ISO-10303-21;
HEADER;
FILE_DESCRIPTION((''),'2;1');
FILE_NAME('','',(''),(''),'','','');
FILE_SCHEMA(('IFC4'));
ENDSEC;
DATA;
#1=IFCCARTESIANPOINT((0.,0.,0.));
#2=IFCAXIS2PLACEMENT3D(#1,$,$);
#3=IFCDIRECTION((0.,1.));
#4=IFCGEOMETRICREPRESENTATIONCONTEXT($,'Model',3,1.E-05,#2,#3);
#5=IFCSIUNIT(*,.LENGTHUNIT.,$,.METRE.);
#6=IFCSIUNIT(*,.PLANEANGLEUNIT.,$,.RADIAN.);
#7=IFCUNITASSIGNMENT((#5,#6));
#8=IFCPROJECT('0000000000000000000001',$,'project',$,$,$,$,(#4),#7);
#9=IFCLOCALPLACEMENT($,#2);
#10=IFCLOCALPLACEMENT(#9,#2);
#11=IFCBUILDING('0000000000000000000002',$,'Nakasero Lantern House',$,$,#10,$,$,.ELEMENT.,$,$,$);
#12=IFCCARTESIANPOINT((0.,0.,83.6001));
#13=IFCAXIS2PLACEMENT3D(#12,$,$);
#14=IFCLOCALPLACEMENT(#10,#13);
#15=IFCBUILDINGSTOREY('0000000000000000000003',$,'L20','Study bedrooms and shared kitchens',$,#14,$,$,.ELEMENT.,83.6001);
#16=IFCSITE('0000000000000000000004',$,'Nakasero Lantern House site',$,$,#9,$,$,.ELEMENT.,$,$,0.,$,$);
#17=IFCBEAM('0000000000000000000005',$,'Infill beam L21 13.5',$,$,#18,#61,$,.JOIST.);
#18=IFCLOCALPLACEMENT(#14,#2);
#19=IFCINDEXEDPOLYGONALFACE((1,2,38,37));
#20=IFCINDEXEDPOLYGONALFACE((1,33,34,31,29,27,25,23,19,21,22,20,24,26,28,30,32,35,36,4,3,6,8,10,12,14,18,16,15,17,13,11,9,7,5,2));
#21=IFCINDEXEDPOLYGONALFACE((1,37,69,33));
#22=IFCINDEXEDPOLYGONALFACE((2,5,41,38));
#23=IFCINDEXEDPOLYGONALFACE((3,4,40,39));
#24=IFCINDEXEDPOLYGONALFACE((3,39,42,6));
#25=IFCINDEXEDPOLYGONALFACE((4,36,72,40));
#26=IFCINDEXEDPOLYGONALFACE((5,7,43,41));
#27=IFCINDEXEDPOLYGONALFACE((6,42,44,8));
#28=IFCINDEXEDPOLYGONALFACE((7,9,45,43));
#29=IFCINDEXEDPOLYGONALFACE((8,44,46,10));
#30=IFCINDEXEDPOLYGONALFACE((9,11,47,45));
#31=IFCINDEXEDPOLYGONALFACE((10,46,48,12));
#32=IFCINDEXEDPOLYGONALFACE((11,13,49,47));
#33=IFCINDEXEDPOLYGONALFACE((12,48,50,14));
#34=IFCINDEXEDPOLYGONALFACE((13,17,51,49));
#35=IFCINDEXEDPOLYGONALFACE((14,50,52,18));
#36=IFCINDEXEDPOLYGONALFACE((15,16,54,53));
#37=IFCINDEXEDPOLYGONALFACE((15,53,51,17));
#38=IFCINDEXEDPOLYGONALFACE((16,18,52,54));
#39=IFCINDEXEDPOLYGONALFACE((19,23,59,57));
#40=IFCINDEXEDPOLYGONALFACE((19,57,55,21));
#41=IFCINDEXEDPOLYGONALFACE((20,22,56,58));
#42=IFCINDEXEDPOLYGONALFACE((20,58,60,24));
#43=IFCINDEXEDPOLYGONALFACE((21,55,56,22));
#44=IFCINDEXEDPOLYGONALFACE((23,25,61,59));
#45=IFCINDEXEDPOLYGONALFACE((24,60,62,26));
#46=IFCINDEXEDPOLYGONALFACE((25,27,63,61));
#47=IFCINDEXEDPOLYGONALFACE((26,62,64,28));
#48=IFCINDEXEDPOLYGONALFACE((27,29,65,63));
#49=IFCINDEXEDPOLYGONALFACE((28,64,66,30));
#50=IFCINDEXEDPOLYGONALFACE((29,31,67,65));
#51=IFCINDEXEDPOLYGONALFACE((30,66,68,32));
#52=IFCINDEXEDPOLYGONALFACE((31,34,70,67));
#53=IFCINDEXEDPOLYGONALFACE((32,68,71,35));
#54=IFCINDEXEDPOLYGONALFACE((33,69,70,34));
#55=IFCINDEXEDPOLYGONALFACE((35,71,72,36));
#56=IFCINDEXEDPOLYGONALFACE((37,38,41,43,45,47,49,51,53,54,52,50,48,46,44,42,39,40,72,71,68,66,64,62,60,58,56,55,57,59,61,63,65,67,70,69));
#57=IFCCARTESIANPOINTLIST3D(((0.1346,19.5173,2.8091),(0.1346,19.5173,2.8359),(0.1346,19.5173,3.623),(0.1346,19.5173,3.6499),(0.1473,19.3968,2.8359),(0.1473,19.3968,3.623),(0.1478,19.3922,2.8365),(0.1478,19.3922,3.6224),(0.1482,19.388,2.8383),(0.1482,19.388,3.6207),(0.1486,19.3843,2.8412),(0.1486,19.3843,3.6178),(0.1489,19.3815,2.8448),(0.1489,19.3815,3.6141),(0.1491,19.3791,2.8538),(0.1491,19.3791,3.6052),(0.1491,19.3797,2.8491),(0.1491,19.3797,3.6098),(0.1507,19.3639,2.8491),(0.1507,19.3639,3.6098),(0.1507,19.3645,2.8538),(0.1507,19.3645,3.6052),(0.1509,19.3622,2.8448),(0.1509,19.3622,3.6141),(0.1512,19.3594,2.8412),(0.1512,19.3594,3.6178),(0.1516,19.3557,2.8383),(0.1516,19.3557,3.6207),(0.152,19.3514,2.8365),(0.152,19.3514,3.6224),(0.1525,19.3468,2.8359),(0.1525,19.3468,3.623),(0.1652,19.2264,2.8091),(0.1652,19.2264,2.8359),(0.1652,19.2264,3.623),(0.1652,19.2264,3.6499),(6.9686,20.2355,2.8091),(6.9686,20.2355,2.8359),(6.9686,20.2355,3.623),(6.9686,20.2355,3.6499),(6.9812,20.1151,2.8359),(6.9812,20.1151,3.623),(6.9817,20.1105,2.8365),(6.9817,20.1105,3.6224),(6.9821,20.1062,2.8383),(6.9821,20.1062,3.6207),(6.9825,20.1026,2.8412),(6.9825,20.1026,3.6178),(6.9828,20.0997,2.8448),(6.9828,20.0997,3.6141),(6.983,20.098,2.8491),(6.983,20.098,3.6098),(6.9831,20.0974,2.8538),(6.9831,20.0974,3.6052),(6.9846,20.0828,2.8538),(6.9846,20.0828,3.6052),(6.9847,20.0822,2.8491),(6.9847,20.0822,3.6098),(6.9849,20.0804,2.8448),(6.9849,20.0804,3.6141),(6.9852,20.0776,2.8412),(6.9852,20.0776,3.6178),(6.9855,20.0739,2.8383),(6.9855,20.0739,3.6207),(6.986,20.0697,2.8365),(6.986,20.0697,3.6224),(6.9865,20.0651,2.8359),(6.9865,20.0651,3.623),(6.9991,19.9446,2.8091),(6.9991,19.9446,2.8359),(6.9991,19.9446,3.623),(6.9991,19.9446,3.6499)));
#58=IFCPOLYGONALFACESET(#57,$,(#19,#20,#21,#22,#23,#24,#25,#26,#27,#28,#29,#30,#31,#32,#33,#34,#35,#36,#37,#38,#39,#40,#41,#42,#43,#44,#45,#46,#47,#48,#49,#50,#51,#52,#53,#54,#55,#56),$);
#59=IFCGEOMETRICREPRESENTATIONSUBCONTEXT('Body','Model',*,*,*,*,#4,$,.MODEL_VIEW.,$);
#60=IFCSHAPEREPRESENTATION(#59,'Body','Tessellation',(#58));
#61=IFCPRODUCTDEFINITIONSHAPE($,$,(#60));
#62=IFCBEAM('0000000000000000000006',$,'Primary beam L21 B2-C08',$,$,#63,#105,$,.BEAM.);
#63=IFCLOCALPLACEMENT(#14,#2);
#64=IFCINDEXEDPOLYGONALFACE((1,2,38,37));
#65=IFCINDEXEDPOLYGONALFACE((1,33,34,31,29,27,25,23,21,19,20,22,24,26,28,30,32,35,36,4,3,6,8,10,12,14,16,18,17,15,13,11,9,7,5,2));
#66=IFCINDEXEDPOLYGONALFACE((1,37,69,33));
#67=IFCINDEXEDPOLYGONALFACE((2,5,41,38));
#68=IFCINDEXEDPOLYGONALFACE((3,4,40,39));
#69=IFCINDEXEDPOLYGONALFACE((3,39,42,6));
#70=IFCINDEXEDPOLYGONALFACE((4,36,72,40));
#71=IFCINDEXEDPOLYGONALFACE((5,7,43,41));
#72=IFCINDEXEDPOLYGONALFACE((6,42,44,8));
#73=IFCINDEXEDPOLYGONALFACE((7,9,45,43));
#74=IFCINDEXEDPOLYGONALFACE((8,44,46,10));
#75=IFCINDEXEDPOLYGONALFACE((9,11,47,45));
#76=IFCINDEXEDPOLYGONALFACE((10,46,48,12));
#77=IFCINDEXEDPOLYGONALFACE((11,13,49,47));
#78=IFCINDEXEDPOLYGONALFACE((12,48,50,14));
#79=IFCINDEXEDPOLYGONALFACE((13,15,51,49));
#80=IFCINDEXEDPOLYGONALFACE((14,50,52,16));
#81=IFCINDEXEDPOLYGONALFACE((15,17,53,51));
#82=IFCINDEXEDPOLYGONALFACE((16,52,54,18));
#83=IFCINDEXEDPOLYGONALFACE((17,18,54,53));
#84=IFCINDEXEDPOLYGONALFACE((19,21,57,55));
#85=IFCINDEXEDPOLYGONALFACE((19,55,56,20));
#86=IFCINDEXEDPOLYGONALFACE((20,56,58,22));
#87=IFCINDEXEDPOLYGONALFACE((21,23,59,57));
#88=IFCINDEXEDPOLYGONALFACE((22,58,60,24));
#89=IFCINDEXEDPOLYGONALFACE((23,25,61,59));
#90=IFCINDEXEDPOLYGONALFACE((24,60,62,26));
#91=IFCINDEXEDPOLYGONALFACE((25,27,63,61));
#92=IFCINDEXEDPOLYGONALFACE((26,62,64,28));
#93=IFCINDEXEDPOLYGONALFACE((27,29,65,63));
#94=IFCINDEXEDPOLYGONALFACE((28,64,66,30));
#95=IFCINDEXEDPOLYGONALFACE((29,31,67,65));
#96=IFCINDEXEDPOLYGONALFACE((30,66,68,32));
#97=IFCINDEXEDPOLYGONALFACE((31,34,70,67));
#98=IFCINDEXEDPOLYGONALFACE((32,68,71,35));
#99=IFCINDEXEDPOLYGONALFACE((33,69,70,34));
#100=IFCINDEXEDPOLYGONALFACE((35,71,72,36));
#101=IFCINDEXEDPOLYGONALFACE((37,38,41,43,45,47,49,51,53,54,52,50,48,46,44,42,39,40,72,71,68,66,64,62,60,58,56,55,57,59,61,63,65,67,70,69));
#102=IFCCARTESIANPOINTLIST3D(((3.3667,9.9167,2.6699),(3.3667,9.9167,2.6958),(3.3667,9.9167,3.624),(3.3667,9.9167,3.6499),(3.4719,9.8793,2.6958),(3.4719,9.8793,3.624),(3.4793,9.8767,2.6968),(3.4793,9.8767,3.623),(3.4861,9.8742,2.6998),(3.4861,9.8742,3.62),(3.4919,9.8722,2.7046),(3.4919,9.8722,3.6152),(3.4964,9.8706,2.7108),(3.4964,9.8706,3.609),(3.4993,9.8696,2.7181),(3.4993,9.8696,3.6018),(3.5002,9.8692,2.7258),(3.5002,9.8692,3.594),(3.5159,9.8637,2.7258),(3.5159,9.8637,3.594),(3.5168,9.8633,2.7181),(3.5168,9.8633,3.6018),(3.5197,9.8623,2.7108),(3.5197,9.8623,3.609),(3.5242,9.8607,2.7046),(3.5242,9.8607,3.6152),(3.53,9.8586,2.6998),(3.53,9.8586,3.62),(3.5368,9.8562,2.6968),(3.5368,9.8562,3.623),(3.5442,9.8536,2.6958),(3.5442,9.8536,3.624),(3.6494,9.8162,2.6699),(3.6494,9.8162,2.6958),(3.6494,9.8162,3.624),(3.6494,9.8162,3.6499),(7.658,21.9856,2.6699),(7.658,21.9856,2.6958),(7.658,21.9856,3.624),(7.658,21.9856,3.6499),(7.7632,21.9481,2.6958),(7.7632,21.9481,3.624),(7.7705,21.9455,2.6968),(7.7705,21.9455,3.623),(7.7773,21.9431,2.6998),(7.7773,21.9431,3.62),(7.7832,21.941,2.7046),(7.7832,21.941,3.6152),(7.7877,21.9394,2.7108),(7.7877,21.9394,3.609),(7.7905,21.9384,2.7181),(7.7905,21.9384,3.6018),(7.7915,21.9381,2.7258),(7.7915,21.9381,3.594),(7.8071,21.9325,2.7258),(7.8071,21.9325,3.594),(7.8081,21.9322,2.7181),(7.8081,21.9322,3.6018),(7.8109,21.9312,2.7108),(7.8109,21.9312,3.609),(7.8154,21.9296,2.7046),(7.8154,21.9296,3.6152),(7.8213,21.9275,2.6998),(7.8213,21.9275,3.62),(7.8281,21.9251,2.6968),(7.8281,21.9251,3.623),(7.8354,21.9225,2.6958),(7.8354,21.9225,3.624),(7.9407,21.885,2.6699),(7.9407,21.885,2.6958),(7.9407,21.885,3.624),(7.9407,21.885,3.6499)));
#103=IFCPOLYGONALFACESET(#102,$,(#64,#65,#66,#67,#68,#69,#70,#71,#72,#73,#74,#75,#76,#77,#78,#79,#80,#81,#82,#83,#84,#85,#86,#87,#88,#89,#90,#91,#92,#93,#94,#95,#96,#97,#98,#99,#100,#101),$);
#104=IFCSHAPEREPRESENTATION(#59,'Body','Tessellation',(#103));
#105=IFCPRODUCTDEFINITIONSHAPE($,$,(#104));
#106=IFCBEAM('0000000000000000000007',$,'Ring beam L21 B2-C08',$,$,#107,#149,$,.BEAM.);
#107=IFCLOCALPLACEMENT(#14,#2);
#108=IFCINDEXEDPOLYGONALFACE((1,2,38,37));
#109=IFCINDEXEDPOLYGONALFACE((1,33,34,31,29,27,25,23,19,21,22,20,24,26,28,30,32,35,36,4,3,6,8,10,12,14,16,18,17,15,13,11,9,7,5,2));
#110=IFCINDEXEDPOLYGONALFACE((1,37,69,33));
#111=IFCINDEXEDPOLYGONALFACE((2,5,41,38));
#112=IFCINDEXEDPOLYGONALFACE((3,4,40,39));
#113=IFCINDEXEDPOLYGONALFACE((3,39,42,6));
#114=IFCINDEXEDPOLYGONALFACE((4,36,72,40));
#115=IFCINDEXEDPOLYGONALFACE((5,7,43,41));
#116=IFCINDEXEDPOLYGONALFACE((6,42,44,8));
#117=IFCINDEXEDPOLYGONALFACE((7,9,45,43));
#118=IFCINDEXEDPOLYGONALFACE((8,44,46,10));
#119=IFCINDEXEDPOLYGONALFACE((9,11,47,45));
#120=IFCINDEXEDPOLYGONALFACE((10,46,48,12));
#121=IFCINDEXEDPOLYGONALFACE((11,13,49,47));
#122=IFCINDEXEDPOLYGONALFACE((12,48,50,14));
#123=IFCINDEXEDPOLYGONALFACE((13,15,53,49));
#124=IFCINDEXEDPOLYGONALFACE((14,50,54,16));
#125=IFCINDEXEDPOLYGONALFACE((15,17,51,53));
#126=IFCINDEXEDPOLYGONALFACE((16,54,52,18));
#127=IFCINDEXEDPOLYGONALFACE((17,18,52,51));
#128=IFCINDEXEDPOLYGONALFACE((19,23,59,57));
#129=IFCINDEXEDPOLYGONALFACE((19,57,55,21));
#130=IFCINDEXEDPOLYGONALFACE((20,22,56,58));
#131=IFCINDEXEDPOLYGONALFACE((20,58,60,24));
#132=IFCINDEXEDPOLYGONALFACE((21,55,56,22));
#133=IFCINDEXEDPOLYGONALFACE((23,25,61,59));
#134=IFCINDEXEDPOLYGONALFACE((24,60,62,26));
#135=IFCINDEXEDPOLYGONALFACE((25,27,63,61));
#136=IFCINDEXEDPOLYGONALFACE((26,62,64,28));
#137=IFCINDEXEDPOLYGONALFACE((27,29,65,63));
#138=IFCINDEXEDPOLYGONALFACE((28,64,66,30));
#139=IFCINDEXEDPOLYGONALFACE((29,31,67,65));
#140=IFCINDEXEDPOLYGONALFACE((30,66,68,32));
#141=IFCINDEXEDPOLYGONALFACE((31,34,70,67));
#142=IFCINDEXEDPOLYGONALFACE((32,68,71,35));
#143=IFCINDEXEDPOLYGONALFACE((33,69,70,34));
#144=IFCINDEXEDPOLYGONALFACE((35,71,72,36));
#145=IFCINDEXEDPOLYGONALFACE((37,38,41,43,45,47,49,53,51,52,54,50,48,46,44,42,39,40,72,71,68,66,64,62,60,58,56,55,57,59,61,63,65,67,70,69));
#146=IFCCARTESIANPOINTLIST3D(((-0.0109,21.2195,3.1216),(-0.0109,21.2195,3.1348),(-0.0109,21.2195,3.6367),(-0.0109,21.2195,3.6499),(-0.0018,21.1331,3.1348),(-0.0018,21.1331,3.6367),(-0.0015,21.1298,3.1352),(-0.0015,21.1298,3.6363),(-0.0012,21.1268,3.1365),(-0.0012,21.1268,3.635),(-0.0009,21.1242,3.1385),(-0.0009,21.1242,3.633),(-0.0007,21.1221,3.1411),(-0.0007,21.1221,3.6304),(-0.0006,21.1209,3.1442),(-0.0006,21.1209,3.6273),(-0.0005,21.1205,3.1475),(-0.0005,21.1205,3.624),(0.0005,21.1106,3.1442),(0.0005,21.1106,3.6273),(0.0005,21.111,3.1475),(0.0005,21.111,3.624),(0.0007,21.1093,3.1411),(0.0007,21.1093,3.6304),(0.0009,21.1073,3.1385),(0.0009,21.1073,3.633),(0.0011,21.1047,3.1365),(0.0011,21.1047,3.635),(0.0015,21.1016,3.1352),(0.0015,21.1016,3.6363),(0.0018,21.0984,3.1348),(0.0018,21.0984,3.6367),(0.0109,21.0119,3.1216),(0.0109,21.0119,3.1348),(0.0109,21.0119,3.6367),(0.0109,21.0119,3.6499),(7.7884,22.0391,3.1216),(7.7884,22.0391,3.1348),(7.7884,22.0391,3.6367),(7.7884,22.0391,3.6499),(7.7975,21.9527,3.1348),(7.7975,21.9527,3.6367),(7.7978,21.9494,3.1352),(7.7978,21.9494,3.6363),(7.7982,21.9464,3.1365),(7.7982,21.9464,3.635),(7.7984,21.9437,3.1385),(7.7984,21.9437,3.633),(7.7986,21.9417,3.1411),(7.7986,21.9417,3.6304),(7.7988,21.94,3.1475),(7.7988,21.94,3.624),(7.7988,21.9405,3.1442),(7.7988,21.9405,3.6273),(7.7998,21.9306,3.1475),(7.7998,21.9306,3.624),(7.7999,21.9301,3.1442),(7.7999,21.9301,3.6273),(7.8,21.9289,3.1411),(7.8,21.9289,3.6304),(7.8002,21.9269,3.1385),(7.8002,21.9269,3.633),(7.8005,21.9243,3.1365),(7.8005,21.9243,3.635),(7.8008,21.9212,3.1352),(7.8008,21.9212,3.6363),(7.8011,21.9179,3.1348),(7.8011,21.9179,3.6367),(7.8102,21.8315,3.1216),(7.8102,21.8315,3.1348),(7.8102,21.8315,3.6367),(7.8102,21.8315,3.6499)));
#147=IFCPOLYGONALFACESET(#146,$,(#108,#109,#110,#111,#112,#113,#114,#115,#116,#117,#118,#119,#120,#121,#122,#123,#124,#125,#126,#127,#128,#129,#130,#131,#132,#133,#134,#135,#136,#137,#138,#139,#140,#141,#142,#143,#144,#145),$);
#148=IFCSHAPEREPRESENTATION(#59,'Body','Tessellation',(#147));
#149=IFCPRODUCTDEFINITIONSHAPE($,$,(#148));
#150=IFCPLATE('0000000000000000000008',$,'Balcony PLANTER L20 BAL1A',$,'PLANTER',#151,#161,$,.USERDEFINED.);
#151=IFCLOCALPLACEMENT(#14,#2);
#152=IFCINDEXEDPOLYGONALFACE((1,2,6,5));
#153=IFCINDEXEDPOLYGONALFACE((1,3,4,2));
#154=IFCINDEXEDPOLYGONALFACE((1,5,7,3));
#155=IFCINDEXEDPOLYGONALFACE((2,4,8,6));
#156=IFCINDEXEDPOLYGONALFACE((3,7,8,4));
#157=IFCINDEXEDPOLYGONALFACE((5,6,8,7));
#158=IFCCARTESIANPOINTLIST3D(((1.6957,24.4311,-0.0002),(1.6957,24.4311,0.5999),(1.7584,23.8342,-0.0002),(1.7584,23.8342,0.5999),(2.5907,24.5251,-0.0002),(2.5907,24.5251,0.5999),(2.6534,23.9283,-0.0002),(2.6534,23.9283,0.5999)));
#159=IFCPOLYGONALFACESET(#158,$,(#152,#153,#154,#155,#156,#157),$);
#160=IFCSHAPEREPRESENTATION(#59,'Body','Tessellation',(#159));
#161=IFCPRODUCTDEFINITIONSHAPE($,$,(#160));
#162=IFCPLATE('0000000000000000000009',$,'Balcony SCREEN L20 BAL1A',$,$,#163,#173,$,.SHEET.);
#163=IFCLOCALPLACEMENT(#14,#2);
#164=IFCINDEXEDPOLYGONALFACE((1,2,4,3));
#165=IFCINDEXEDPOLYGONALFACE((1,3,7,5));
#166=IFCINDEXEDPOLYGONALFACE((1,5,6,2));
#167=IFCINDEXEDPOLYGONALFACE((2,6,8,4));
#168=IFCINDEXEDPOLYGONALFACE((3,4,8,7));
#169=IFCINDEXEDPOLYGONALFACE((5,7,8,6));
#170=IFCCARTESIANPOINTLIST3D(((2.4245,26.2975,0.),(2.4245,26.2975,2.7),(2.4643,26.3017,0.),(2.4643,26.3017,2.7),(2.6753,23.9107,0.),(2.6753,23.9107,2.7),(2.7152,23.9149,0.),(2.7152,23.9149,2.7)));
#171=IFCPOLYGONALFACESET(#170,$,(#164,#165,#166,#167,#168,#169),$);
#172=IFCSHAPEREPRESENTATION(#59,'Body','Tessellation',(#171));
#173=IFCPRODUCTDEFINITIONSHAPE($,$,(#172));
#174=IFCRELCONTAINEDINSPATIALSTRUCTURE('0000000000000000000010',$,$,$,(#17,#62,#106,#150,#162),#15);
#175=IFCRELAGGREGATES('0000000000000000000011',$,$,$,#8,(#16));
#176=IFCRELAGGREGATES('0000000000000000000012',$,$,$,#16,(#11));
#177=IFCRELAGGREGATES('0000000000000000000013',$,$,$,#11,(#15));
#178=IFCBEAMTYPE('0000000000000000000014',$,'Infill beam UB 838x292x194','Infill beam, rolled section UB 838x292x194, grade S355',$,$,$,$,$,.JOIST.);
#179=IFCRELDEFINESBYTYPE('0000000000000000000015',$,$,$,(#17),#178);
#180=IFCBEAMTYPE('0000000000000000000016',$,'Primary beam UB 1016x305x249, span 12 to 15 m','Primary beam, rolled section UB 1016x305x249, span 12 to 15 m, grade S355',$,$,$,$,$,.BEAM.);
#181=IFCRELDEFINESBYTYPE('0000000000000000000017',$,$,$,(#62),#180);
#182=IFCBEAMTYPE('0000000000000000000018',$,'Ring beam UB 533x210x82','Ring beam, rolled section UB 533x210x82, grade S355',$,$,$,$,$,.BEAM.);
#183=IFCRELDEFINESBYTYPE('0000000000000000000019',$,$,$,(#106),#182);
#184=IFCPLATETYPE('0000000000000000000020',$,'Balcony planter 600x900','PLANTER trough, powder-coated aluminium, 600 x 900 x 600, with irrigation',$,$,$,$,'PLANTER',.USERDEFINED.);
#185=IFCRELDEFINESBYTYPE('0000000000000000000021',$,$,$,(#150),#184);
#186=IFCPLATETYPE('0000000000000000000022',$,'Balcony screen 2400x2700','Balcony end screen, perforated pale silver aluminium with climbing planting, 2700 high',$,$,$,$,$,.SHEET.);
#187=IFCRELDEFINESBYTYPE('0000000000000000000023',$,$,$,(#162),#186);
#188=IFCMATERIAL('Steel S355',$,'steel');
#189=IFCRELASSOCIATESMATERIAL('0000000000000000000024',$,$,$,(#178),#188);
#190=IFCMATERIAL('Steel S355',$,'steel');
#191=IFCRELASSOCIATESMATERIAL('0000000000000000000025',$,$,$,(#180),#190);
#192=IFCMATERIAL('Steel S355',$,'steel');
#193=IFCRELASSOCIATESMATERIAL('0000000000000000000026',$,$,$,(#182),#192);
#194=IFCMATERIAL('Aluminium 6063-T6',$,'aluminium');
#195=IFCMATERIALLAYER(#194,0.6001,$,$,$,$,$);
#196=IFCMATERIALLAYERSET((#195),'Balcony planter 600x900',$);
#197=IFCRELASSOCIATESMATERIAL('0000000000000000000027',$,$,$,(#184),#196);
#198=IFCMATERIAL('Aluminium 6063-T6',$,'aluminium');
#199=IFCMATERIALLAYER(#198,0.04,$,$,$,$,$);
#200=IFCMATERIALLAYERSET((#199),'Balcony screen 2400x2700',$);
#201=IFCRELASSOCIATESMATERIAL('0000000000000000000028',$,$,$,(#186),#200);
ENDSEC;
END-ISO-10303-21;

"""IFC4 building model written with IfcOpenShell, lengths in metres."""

from ifc_helpers import new_model, si_unit, direction, frame, origin, origin_2d, place, context, subcontext, project, spatial, rectangle, i_section, extrude, material, layer, layer_set, material_profile, profile_set, type_object, element, save


model = new_model("IFC4")

# Units and contexts
model_context = context("Model", 3, precision=1e-05, world=origin(), true_north=direction((0.0, 1.0)))
body_context = subcontext(model_context, "Body", "Model", "MODEL_VIEW")
ifc_project = project(units=[si_unit("LENGTHUNIT", "METRE"), si_unit("PLANEANGLEUNIT", "RADIAN")], contexts=[model_context])

# Site, building, storey
site_placement = place(None, origin())
site = spatial("IfcSite", under=ifc_project, at=site_placement, Name="Nakasero Lantern House site", CompositionType="ELEMENT", RefElevation=0.0)
building_placement = place(site_placement, origin())
building = spatial("IfcBuilding", under=site, at=building_placement, Name="Nakasero Lantern House", CompositionType="ELEMENT")
storey_placement = place(building_placement, frame((0.0, 0.0, 83.6001)))
storey = spatial("IfcBuildingStorey", under=building, at=storey_placement, Name="L20", Description="Study bedrooms and shared kitchens", CompositionType="ELEMENT", Elevation=83.6001)

# Beams
ifc_material_1 = material(Name="Steel S355", Category="steel")
ifc_material_profile_1 = material_profile(ifc_material_1, i_section(OverallWidth=0.2925, OverallDepth=0.8408, WebThickness=0.0146, FlangeThickness=0.0269, FilletRadius=0.0178, at=origin_2d()), Name="UB 838x292x194")
ifc_profile_set_1 = profile_set([ifc_material_profile_1], Name="Steel S355")
beam_type_1 = type_object("IfcBeamType", Name="Infill beam UB 838x292x194", Description="Infill beam, rolled section UB 838x292x194, grade S355", PredefinedType="JOIST", material=ifc_profile_set_1)
beam_1_placement = place(storey_placement, frame((0.1499, 19.3718, 3.2295), z_axis=(0.994522, 0.104526, 0.0), x_axis=(-0.104526, 0.994522, 0.0)))
element("IfcBeam", 1, at=beam_1_placement, inside=storey, type_object=beam_type_1, Name="Infill beam L21 13.5", PredefinedType="JOIST", context=body_context, shape_type="SweptSolid", body=[
    extrude(i_section(OverallWidth=0.2925, OverallDepth=0.8408, WebThickness=0.0146, FlangeThickness=0.0269, FilletRadius=0.0178, at=origin_2d()), origin(), (0.0, 0.0, 1.0), 6.8716),
])
ifc_material_2 = material(Name="Steel S355", Category="steel")
ifc_material_profile_2 = material_profile(ifc_material_2, i_section(OverallWidth=0.3, OverallDepth=0.98, WebThickness=0.0166, FlangeThickness=0.0259, FilletRadius=0.03, at=origin_2d()), Name="UB 1016x305x249")
ifc_profile_set_2 = profile_set([ifc_material_profile_2], Name="Steel S355")
beam_type_2 = type_object("IfcBeamType", Name="Primary beam UB 1016x305x249, span 12 to 15 m", Description="Primary beam, rolled section UB 1016x305x249, span 12 to 15 m, grade S355", PredefinedType="BEAM", material=ifc_profile_set_2)
beam_2_placement = place(storey_placement, frame((7.7993, 21.9353, 3.1599), z_axis=(-0.335018, -0.942212, 0.0), x_axis=(0.942212, -0.335018, 0.0)))
element("IfcBeam", 2, at=beam_2_placement, inside=storey, type_object=beam_type_2, Name="Primary beam L21 B2-C08", PredefinedType="BEAM", context=body_context, shape_type="SweptSolid", body=[
    extrude(i_section(OverallWidth=0.3, OverallDepth=0.98, WebThickness=0.0166, FlangeThickness=0.0259, FilletRadius=0.03, at=origin_2d()), origin(), (0.0, 0.0, 1.0), 12.8091),
])
ifc_material_3 = material(Name="Steel S355", Category="steel")
ifc_material_profile_3 = material_profile(ifc_material_3, i_section(OverallWidth=0.2087, OverallDepth=0.5283, WebThickness=0.0095, FlangeThickness=0.0132, FilletRadius=0.0127, at=origin_2d()), Name="UB 533x210x82")
ifc_profile_set_3 = profile_set([ifc_material_profile_3], Name="Steel S355")
beam_type_3 = type_object("IfcBeamType", Name="Ring beam UB 533x210x82", Description="Ring beam, rolled section UB 533x210x82, grade S355", PredefinedType="BEAM", material=ifc_profile_set_3)
beam_3_placement = place(storey_placement, frame((7.7993, 21.9353, 3.3857), z_axis=(-0.994524, -0.104508, 0.0), x_axis=(0.104508, -0.994524, 0.0)))
element("IfcBeam", 3, at=beam_3_placement, inside=storey, type_object=beam_type_3, Name="Ring beam L21 B2-C08", PredefinedType="BEAM", context=body_context, shape_type="SweptSolid", body=[
    extrude(i_section(OverallWidth=0.2087, OverallDepth=0.5283, WebThickness=0.0095, FlangeThickness=0.0132, FilletRadius=0.0127, at=origin_2d()), origin(), (0.0, 0.0, 1.0), 7.8423),
])

# Plates
ifc_material_4 = material(Name="Aluminium 6063-T6", Category="aluminium")
ifc_layer_1 = layer(ifc_material_4, 0.6001)
ifc_layer_set_1 = layer_set([ifc_layer_1], Name="Balcony planter 600x900")
plate_type_1 = type_object("IfcPlateType", Name="Balcony planter 600x900", Description="PLANTER trough, powder-coated aluminium, 600 x 900 x 600, with irrigation", ElementType="PLANTER", PredefinedType="USERDEFINED", material=ifc_layer_set_1)
plate_1_placement = place(storey_placement, frame((2.1746, 24.1797, -0.0002), z_axis=(0.0, 0.0, 1.0), x_axis=(-0.104528, 0.994522, 0.0)))
element("IfcPlate", 4, at=plate_1_placement, inside=storey, type_object=plate_type_1, Name="Balcony PLANTER L20 BAL1A", ObjectType="PLANTER", PredefinedType="USERDEFINED", context=body_context, shape_type="SweptSolid", body=[
    extrude(rectangle(XDim=0.6001, YDim=0.8999, at=origin_2d()), origin(), (0.0, 0.0, 1.0), 0.6001),
])
ifc_material_5 = material(Name="Aluminium 6063-T6", Category="aluminium")
ifc_layer_2 = layer(ifc_material_5, 0.04)
ifc_layer_set_2 = layer_set([ifc_layer_2], Name="Balcony screen 2400x2700")
plate_type_2 = type_object("IfcPlateType", Name="Balcony screen 2400x2700", Description="Balcony end screen, perforated pale silver aluminium with climbing planting, 2700 high", PredefinedType="SHEET", material=ifc_layer_set_2)
plate_2_placement = place(storey_placement, frame((2.5698, 25.1062, 0.0), z_axis=(0.0, 0.0, 1.0), x_axis=(-0.104528, 0.994522, 0.0)))
element("IfcPlate", 5, at=plate_2_placement, inside=storey, type_object=plate_type_2, Name="Balcony SCREEN L20 BAL1A", PredefinedType="SHEET", context=body_context, shape_type="SweptSolid", body=[
    extrude(rectangle(XDim=2.3999, YDim=0.04, at=origin_2d()), origin(), (0.0, 0.0, 1.0), 2.7),
])

save(model, "model.ifc")
